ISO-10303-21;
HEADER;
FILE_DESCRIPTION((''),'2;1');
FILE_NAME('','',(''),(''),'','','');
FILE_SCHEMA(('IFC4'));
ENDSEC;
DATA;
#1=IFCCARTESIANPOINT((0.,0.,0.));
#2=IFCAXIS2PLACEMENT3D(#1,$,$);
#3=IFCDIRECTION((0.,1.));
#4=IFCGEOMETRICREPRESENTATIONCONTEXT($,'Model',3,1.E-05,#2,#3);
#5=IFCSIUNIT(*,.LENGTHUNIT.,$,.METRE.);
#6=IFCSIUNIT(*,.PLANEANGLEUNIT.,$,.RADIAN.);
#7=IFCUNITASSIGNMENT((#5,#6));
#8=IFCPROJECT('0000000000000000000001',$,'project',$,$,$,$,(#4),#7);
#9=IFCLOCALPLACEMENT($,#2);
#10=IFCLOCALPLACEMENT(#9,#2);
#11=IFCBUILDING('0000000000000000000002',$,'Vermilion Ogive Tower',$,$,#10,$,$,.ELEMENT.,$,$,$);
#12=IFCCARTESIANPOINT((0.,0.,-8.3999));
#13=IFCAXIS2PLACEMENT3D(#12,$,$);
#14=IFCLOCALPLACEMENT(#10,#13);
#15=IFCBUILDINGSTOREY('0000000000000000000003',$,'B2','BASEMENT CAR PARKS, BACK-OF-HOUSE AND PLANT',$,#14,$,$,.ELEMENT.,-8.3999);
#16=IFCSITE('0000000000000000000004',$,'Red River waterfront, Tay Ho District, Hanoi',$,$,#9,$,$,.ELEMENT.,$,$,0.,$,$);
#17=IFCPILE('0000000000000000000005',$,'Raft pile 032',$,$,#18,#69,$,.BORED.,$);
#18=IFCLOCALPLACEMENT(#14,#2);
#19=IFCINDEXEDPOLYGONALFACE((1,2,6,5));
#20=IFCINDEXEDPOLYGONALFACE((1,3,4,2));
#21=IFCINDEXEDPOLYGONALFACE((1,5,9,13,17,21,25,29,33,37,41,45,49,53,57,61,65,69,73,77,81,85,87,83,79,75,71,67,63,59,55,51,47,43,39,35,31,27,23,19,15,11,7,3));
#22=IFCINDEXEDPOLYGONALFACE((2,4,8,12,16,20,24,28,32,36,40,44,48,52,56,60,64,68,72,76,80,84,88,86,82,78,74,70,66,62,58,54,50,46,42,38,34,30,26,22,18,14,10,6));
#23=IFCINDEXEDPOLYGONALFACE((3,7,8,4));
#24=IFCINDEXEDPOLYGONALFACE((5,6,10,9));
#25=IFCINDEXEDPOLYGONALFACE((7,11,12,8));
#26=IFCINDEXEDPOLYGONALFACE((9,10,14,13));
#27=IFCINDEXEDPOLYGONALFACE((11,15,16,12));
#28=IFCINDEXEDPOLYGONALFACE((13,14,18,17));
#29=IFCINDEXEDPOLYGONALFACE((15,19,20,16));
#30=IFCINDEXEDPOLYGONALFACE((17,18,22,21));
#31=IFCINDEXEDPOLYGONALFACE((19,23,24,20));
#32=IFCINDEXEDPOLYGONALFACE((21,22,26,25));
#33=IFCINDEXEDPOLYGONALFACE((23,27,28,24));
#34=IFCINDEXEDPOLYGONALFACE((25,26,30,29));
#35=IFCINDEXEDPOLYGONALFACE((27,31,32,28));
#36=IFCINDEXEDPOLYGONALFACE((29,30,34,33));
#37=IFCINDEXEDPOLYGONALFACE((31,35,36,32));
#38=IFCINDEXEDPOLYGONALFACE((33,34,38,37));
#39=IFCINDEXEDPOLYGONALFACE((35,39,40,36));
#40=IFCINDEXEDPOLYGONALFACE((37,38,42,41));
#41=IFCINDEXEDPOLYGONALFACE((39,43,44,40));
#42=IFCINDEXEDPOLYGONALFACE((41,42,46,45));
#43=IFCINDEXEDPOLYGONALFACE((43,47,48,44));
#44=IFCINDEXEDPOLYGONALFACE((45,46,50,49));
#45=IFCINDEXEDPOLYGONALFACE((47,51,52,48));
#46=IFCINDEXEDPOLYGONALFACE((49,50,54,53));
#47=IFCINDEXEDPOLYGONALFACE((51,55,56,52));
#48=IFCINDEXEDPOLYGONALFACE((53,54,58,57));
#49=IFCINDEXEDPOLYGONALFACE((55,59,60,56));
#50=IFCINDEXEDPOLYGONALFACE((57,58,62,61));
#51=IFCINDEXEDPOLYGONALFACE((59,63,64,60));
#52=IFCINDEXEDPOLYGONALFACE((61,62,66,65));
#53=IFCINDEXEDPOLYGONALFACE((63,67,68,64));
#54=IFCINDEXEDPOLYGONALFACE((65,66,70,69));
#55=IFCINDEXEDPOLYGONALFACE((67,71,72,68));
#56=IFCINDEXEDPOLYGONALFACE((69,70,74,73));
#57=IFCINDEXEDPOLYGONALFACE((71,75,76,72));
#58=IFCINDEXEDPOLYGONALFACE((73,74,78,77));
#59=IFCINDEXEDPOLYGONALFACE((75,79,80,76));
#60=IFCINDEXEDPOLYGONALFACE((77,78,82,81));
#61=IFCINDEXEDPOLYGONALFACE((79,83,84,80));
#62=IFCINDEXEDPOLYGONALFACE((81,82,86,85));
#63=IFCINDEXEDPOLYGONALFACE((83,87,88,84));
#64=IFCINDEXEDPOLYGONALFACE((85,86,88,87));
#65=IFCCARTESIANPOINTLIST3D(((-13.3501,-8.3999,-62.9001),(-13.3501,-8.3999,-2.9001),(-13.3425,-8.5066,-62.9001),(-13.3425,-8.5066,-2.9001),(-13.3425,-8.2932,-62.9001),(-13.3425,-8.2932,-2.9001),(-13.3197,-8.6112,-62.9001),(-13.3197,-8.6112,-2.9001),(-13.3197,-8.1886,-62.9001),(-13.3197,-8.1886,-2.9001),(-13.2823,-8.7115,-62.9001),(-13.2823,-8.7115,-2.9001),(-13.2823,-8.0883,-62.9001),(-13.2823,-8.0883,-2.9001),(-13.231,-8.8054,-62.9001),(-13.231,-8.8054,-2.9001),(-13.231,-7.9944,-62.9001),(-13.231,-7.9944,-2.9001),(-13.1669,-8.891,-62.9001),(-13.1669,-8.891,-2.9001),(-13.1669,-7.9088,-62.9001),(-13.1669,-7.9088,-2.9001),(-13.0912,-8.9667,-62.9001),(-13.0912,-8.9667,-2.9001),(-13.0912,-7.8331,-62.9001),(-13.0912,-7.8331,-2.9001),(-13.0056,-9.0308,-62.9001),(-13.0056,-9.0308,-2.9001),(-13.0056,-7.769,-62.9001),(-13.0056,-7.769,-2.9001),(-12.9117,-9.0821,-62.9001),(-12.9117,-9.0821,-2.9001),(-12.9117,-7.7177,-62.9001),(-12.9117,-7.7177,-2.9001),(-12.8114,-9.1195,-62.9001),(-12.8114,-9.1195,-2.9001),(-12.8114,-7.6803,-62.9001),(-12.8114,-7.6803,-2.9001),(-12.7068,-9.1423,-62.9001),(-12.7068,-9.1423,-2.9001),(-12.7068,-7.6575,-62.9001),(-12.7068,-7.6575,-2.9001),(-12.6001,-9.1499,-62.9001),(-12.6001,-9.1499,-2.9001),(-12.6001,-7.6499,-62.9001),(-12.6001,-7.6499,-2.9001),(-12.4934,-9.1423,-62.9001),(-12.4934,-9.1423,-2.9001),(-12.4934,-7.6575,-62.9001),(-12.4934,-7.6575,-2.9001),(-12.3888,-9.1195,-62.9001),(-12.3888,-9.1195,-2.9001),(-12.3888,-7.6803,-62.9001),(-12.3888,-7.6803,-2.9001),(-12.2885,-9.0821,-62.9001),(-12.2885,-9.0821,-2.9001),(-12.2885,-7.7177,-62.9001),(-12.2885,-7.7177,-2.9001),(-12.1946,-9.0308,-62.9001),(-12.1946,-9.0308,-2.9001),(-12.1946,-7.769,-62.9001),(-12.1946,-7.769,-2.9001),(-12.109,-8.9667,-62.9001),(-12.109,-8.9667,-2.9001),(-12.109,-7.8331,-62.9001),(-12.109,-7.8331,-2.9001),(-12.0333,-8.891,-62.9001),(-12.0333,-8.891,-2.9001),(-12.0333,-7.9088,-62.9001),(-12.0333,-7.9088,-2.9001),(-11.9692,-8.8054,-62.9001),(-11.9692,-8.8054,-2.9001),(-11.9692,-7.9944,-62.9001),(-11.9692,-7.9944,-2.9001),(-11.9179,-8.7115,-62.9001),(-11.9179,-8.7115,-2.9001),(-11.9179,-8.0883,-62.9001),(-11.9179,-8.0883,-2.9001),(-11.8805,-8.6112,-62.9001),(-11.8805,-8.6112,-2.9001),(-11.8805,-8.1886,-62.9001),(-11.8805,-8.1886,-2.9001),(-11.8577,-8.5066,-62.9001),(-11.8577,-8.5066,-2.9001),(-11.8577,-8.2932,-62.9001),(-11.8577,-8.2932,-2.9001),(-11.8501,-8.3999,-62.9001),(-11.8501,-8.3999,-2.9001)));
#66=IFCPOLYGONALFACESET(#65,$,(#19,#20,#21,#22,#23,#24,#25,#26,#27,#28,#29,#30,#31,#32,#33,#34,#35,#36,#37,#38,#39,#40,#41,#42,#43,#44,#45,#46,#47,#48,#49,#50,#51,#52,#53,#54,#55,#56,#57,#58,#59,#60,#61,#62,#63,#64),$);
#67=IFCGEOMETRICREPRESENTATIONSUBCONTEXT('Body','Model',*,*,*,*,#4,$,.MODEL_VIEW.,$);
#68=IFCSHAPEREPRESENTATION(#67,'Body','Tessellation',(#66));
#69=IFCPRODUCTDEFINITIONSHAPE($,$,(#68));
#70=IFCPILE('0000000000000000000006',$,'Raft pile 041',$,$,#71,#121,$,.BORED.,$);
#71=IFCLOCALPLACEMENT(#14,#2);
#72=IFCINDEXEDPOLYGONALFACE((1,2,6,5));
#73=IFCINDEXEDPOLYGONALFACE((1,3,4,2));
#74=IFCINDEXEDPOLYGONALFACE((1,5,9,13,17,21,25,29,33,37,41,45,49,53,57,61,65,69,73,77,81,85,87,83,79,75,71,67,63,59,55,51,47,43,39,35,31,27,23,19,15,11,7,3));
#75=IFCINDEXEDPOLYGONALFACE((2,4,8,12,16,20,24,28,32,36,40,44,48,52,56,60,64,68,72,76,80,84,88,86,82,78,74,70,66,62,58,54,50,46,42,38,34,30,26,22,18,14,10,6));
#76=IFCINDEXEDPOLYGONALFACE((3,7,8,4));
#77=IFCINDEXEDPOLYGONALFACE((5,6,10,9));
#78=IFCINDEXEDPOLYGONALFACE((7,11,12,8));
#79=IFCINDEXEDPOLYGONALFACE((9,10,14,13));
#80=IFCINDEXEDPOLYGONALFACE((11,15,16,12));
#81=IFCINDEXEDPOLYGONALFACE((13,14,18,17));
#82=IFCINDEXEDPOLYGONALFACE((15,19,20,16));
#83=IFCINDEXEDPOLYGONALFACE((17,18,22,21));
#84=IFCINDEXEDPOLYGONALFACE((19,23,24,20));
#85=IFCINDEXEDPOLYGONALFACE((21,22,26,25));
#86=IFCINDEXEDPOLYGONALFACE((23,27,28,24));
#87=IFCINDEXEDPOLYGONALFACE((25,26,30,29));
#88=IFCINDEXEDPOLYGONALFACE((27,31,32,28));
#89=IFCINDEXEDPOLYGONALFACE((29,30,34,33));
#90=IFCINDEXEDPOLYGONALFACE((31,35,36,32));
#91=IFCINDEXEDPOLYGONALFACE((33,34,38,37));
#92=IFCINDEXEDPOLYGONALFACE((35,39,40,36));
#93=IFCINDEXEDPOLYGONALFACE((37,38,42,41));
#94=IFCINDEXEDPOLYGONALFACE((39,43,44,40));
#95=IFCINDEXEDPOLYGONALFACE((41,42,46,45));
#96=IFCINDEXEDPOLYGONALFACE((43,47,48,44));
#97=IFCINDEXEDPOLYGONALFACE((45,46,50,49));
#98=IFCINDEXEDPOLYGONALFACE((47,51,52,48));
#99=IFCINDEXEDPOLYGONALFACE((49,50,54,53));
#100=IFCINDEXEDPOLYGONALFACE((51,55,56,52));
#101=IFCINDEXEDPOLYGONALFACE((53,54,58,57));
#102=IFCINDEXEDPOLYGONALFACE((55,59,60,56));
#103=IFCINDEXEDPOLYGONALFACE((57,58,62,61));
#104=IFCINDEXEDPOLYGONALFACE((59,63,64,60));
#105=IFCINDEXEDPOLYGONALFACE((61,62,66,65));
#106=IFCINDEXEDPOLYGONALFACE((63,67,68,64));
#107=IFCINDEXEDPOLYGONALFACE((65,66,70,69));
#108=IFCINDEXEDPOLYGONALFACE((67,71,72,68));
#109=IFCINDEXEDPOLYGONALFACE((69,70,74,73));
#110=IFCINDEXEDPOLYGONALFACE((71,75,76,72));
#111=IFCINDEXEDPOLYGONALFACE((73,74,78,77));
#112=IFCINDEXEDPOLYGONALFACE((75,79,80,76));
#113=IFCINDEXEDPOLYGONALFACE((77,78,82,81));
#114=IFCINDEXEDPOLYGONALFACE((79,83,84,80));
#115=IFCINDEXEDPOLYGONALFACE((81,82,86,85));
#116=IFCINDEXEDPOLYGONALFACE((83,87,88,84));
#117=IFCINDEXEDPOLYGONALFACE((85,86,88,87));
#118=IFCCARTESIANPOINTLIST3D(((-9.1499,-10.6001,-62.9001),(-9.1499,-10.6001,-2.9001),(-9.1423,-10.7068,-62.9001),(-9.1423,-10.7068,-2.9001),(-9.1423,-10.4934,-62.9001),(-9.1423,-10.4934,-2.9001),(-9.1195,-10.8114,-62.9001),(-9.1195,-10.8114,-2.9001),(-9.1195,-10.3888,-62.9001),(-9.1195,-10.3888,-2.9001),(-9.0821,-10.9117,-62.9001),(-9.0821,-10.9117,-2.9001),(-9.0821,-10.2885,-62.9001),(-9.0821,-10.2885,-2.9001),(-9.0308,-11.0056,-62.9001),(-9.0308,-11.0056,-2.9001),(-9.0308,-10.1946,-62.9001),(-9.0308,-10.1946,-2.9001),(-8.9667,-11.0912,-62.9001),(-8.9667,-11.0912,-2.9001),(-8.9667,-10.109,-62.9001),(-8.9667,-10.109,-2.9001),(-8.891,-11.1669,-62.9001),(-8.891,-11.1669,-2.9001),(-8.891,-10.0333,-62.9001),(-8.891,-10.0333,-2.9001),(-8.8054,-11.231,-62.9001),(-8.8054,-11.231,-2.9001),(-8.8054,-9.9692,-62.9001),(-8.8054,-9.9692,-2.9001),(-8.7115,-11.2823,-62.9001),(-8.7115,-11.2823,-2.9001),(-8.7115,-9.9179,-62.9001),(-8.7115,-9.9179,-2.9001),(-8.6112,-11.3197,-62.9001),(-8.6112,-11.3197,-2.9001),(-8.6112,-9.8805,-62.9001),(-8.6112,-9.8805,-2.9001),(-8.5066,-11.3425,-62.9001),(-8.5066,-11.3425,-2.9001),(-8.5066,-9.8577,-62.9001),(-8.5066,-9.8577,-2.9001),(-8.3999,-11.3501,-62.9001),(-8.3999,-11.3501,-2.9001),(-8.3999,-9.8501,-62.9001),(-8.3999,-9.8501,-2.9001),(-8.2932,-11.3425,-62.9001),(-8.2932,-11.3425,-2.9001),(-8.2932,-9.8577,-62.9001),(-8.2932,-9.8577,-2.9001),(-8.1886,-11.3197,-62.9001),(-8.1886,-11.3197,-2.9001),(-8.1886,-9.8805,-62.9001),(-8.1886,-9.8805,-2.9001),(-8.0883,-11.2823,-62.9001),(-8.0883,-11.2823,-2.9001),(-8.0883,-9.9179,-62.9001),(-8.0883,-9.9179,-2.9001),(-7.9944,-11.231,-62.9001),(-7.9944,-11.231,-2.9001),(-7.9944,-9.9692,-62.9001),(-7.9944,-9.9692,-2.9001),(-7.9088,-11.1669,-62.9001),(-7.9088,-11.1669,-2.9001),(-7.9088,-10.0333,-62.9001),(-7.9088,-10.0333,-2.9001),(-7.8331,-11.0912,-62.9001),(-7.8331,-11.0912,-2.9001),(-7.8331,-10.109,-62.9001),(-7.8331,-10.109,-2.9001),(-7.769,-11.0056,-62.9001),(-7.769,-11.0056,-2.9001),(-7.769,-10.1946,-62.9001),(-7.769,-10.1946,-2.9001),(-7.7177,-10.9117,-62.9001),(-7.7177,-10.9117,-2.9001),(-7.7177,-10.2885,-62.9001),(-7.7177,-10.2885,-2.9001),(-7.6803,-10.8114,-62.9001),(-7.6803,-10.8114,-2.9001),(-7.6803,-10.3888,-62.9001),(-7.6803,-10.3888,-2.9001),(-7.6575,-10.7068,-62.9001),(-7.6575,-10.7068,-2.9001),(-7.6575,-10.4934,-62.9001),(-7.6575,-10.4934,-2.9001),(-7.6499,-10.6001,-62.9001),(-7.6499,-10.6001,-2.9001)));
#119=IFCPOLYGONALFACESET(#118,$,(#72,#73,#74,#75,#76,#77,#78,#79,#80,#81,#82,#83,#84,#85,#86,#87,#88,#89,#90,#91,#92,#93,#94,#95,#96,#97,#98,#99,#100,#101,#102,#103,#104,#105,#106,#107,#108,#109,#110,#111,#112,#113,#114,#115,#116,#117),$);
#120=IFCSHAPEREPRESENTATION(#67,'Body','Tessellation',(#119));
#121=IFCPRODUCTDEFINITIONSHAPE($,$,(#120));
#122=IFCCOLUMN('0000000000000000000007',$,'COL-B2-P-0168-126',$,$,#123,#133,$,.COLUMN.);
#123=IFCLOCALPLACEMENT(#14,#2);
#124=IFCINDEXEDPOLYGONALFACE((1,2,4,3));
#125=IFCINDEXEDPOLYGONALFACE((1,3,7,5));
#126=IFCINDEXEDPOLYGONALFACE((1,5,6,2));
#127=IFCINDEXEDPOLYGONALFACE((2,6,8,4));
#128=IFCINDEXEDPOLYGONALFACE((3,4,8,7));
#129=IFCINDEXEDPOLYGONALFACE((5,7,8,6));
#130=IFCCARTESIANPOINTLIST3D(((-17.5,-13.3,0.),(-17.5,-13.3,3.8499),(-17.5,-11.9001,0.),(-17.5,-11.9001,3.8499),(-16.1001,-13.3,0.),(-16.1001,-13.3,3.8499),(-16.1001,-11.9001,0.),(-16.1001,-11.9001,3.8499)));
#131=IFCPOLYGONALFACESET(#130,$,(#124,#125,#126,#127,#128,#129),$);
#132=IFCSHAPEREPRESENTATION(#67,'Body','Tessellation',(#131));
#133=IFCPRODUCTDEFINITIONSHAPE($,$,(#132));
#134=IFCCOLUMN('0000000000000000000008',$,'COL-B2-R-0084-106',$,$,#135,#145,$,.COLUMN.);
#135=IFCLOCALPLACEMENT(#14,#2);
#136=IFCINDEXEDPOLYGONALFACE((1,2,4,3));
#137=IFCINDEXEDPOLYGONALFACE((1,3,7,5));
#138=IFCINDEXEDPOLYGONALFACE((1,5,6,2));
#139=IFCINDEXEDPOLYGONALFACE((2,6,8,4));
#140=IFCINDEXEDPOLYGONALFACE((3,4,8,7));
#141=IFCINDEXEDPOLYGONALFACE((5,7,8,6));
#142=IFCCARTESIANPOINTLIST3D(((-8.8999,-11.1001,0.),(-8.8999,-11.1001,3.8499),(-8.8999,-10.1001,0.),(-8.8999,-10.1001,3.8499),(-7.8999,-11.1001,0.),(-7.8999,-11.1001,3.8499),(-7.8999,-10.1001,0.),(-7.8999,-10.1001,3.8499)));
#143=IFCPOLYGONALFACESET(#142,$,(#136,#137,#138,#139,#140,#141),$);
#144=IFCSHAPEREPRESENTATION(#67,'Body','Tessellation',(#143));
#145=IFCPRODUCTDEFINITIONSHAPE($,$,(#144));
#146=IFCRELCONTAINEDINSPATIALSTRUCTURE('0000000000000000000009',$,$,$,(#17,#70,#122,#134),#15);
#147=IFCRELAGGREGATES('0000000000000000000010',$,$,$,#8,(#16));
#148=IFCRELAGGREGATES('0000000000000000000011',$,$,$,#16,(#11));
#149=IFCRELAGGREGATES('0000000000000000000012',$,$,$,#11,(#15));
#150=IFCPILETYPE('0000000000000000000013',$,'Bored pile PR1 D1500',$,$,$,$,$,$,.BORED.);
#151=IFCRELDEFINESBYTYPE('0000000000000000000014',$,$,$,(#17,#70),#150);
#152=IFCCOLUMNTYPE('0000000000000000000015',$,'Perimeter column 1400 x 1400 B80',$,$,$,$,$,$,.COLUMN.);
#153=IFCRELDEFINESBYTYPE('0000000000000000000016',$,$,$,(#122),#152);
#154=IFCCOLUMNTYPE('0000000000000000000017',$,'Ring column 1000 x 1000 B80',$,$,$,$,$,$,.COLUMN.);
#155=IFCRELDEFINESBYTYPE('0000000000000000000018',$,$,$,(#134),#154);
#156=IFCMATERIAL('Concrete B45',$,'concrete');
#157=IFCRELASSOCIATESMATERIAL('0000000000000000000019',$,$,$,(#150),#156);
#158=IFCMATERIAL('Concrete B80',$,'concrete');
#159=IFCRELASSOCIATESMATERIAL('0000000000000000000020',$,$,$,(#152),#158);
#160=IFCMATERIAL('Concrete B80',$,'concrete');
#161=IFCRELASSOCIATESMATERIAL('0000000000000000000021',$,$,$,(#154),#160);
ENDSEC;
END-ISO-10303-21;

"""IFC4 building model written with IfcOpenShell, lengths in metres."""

from ifc_helpers import new_model, si_unit, direction, frame, origin, origin_2d, place, context, subcontext, project, spatial, rectangle, circle, extrude, material, material_profile, profile_set, type_object, element, save


model = new_model("IFC4")

# Units and contexts
model_context = context("Model", 3, precision=1e-05, world=origin(), true_north=direction((0.0, 1.0)))
body_context = subcontext(model_context, "Body", "Model", "MODEL_VIEW")
ifc_project = project(units=[si_unit("LENGTHUNIT", "METRE"), si_unit("PLANEANGLEUNIT", "RADIAN")], contexts=[model_context])

# Site, building, storey
site_placement = place(None, origin())
site = spatial("IfcSite", under=ifc_project, at=site_placement, Name="Red River waterfront, Tay Ho District, Hanoi", CompositionType="ELEMENT", RefElevation=0.0)
building_placement = place(site_placement, origin())
building = spatial("IfcBuilding", under=site, at=building_placement, Name="Vermilion Ogive Tower", CompositionType="ELEMENT")
storey_placement = place(building_placement, frame((0.0, 0.0, -8.3999)))
storey = spatial("IfcBuildingStorey", under=building, at=storey_placement, Name="B2", Description="BASEMENT CAR PARKS, BACK-OF-HOUSE AND PLANT", CompositionType="ELEMENT", Elevation=-8.3999)

# Piles
ifc_material_1 = material(Name="Concrete B45", Category="concrete")
pile_type = type_object("IfcPileType", Name="Bored pile PR1 D1500", PredefinedType="BORED", material=ifc_material_1)
for number, where, z_axis, x_axis, name in (
    (1, (-12.6001, -8.3999, -2.9001), (0.0, 0.0, -1.0), (1.0, 0.0, 0.0), "Raft pile 032"),
    (2, (-8.3999, -10.6001, -2.9001), (0.0, 0.0, -1.0), (1.0, 0.0, 0.0), "Raft pile 041"),
):
    element("IfcPile", number, at=place(storey_placement, frame(where, z_axis=z_axis, x_axis=x_axis)), inside=storey, type_object=pile_type, Name=name, PredefinedType="BORED", context=body_context, shape_type="SweptSolid", body=[
        extrude(circle(Radius=0.75, at=origin_2d()), origin(), (0.0, 0.0, 1.0), 60.0),
    ])

# Columns
ifc_material_2 = material(Name="Concrete B80", Category="concrete")
ifc_material_profile_1 = material_profile(ifc_material_2, rectangle(XDim=1.3999, YDim=1.3999, at=origin_2d()), Name="1400 x 1400")
ifc_profile_set_1 = profile_set([ifc_material_profile_1], Name="Concrete B80")
column_type_1 = type_object("IfcColumnType", Name="Perimeter column 1400 x 1400 B80", PredefinedType="COLUMN", material=ifc_profile_set_1)
column_1_placement = place(storey_placement, frame((-16.8, -12.6001, 0.0), z_axis=(0.0, 0.0, 1.0), x_axis=(1.0, 0.0, 0.0)))
element("IfcColumn", 3, at=column_1_placement, inside=storey, type_object=column_type_1, Name="COL-B2-P-0168-126", PredefinedType="COLUMN", context=body_context, shape_type="SweptSolid", body=[
    extrude(rectangle(XDim=1.3999, YDim=1.3999, at=origin_2d()), origin(), (0.0, 0.0, 1.0), 3.8499),
])
ifc_material_3 = material(Name="Concrete B80", Category="concrete")
ifc_material_profile_2 = material_profile(ifc_material_3, rectangle(XDim=1.0, YDim=1.0, at=origin_2d()), Name="1000 x 1000")
ifc_profile_set_2 = profile_set([ifc_material_profile_2], Name="Concrete B80")
column_type_2 = type_object("IfcColumnType", Name="Ring column 1000 x 1000 B80", PredefinedType="COLUMN", material=ifc_profile_set_2)
column_2_placement = place(storey_placement, frame((-8.3999, -10.6001, 0.0), z_axis=(0.0, 0.0, 1.0), x_axis=(1.0, 0.0, 0.0)))
element("IfcColumn", 4, at=column_2_placement, inside=storey, type_object=column_type_2, Name="COL-B2-R-0084-106", PredefinedType="COLUMN", context=body_context, shape_type="SweptSolid", body=[
    extrude(rectangle(XDim=1.0, YDim=1.0, at=origin_2d()), origin(), (0.0, 0.0, 1.0), 3.8499),
])

save(model, "model.ifc")
